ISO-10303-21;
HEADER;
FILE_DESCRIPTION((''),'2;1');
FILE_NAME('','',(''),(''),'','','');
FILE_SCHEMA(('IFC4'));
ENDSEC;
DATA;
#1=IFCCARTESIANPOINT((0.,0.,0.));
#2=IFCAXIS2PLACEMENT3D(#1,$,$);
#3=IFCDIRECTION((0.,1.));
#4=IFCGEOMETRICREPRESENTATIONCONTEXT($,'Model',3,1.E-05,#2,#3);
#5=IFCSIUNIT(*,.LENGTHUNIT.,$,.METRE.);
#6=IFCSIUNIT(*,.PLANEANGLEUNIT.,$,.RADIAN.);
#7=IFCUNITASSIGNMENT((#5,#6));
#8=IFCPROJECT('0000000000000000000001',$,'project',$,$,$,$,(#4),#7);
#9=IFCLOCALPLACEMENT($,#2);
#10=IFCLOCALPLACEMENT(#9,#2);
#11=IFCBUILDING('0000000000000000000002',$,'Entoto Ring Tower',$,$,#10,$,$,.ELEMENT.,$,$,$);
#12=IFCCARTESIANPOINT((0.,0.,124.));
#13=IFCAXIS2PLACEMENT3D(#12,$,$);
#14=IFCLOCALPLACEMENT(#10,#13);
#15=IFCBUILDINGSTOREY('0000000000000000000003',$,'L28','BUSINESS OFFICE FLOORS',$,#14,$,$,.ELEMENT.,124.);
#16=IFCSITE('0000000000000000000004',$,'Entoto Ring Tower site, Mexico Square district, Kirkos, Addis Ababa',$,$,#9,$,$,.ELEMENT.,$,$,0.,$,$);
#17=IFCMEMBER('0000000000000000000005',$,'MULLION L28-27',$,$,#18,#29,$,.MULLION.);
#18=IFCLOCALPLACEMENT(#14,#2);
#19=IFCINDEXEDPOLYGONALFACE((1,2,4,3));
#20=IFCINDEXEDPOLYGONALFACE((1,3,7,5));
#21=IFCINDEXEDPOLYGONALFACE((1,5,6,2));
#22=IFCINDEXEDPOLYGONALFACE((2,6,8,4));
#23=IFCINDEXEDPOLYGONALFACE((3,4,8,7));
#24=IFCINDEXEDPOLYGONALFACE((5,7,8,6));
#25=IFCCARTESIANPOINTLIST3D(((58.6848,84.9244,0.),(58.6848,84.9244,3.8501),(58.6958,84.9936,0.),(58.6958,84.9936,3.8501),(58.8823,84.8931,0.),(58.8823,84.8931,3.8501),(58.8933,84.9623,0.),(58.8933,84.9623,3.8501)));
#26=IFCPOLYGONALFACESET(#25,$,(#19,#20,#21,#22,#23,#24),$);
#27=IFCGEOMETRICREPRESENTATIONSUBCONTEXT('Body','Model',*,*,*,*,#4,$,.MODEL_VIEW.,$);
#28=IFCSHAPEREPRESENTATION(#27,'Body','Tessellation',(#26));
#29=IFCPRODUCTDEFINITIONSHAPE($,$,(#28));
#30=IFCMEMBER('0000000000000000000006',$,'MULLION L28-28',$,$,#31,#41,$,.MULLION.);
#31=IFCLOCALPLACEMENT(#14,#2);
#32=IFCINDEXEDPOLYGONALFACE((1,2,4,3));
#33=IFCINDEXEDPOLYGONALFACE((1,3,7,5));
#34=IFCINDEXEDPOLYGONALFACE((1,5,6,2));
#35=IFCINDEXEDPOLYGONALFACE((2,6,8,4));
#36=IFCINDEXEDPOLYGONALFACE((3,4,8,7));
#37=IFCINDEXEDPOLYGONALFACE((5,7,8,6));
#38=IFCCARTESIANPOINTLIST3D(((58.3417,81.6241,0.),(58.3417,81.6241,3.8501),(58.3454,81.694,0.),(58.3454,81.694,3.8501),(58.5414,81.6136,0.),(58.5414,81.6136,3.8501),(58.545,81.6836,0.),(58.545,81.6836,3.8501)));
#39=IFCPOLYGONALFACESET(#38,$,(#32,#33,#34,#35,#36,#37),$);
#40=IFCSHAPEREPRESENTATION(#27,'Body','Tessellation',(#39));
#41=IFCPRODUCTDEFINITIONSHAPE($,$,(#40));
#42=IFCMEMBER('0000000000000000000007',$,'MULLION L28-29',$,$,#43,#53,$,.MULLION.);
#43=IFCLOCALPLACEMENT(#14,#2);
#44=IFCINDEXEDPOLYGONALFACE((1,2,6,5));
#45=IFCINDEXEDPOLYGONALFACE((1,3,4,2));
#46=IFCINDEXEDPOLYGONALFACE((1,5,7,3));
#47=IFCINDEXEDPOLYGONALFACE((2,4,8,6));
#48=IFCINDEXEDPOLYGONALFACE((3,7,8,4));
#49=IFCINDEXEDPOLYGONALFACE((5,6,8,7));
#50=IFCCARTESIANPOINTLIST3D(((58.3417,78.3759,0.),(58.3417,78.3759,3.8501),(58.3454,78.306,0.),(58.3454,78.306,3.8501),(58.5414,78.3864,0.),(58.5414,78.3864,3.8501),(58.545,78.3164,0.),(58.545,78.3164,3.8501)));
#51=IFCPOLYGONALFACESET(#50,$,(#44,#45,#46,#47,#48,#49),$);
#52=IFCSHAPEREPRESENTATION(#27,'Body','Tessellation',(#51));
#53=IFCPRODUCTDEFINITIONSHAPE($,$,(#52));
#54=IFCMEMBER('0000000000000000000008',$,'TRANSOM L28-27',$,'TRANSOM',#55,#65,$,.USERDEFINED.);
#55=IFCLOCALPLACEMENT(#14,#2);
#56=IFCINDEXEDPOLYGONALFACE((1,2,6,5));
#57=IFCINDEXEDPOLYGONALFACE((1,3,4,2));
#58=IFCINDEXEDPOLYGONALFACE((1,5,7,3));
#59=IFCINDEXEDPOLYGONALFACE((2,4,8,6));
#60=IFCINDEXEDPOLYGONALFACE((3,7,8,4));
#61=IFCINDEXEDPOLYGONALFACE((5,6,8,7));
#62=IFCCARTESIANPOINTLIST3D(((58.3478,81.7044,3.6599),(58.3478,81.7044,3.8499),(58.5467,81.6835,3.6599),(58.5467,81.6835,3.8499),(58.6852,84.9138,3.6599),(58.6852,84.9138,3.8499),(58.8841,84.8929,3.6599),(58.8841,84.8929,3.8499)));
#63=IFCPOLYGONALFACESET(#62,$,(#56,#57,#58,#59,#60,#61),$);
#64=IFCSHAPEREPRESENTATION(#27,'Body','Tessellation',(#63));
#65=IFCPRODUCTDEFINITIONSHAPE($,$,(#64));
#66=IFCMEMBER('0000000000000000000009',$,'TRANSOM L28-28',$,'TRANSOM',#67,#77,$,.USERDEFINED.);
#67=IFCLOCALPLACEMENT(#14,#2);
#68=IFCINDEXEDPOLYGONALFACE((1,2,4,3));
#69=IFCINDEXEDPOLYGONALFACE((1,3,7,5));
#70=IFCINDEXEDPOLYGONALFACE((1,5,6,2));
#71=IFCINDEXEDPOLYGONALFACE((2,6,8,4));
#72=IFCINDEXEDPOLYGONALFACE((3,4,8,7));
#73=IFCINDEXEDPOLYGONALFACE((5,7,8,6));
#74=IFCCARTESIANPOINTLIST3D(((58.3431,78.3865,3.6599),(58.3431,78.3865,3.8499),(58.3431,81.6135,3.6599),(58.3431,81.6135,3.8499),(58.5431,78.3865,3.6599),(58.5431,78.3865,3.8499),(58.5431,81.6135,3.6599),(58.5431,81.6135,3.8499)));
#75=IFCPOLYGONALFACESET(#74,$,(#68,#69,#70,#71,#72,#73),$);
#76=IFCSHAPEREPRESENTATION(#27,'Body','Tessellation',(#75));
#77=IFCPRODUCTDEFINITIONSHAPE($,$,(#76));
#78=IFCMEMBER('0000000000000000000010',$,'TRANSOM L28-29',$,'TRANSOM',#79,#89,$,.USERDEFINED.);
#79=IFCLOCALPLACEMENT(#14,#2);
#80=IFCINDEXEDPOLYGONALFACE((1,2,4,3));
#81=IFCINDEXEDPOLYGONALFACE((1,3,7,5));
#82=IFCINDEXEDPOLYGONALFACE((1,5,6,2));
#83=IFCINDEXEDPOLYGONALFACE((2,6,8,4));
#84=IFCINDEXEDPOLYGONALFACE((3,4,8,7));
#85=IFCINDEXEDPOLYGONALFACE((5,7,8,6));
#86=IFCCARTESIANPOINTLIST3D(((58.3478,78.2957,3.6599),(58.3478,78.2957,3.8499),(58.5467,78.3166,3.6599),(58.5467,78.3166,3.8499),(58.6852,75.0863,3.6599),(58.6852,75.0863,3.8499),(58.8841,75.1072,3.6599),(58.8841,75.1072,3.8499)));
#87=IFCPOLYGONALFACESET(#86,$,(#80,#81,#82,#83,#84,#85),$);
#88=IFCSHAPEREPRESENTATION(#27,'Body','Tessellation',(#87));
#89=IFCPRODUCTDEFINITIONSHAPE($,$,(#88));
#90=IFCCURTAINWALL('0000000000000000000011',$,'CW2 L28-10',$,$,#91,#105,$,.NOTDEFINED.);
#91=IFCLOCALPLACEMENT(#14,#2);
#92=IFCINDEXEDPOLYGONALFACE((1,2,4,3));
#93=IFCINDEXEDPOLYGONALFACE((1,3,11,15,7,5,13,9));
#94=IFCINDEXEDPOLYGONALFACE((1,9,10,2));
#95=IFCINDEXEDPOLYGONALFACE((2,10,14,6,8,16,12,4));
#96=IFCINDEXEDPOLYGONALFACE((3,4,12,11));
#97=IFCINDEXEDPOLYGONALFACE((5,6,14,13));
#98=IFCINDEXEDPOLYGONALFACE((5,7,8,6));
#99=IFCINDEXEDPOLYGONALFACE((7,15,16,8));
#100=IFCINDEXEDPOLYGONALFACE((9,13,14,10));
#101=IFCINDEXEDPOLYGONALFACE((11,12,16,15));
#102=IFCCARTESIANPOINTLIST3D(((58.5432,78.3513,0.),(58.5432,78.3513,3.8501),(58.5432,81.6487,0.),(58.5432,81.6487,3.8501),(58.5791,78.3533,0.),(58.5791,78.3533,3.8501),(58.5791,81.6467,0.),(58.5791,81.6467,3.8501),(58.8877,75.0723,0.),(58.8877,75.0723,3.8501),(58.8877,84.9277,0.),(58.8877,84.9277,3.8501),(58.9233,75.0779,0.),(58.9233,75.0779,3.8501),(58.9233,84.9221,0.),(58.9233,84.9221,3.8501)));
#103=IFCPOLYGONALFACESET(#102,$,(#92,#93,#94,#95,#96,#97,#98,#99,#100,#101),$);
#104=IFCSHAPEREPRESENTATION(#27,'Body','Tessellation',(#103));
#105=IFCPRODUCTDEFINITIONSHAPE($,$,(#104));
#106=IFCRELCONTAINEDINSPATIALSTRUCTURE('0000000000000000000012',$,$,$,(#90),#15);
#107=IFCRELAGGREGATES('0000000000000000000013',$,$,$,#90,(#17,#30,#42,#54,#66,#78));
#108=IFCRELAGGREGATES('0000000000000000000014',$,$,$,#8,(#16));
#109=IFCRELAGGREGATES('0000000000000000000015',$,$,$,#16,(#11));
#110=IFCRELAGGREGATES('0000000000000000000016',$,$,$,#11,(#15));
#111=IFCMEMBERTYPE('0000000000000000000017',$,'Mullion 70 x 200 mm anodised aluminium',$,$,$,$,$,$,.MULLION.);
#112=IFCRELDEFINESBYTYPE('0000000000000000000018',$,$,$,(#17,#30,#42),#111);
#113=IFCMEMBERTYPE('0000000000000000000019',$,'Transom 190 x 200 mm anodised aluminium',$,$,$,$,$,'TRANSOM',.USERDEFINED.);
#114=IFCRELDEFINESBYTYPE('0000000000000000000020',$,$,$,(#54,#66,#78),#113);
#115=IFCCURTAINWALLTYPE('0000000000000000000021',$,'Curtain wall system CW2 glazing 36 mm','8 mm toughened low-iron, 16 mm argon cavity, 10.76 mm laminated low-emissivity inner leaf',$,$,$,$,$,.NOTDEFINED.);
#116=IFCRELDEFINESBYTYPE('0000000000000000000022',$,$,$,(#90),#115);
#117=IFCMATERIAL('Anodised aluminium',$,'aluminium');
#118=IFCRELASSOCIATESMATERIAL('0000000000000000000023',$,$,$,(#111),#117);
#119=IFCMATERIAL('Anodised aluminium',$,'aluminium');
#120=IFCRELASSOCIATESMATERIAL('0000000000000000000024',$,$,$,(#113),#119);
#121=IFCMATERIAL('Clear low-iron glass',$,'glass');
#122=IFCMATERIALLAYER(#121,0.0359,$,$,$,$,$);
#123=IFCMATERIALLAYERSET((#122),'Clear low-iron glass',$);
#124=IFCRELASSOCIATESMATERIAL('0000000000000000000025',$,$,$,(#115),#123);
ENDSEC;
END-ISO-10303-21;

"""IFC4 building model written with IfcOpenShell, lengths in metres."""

from ifc_helpers import new_model, si_unit, direction, frame, origin, origin_2d, place, context, subcontext, project, spatial, polyline, rectangle, outline, extrude, material, layer, layer_set, material_profile, profile_set, type_object, element, aggregate, save


model = new_model("IFC4")

# Units and contexts
model_context = context("Model", 3, precision=1e-05, world=origin(), true_north=direction((0.0, 1.0)))
body_context = subcontext(model_context, "Body", "Model", "MODEL_VIEW")
ifc_project = project(units=[si_unit("LENGTHUNIT", "METRE"), si_unit("PLANEANGLEUNIT", "RADIAN")], contexts=[model_context])

# Members
ifc_material_1 = material(Name="Anodised aluminium", Category="aluminium")
ifc_material_profile_1 = material_profile(ifc_material_1, rectangle(XDim=0.0701, YDim=0.2, at=origin_2d()), Name="Mullion 70 x 200 mm anodised aluminium")
ifc_profile_set_1 = profile_set([ifc_material_profile_1], Name="Anodised aluminium")
member_type_1 = type_object("IfcMemberType", Name="Mullion 70 x 200 mm anodised aluminium", PredefinedType="MULLION", material=ifc_profile_set_1)
site_placement = place(None, origin())
building_placement = place(site_placement, origin())
storey_placement = place(building_placement, frame((0.0, 0.0, 124.0)))
member_1_placement = place(storey_placement, frame((58.7891, 84.9434, 0.0), z_axis=(0.0, 0.0, 1.0), x_axis=(-0.156434, -0.987688, 0.0)))
member_1 = element("IfcMember", 1, at=member_1_placement, type_object=member_type_1, Name="MULLION L28-27", PredefinedType="MULLION", context=body_context, shape_type="SweptSolid", body=[
    extrude(rectangle(XDim=0.0701, YDim=0.2, at=origin_2d()), origin(), (0.0, 0.0, 1.0), 3.8501),
])
member_2_placement = place(storey_placement, frame((58.4434, 81.6538, 0.0), z_axis=(0.0, 0.0, 1.0), x_axis=(-0.052336, -0.99863, 0.0)))
member_2 = element("IfcMember", 2, at=member_2_placement, type_object=member_type_1, Name="MULLION L28-28", PredefinedType="MULLION", context=body_context, shape_type="SweptSolid", body=[
    extrude(rectangle(XDim=0.0701, YDim=0.2, at=origin_2d()), origin(), (0.0, 0.0, 1.0), 3.8501),
])
member_3_placement = place(storey_placement, frame((58.4434, 78.3462, 0.0), z_axis=(0.0, 0.0, 1.0), x_axis=(0.052336, -0.99863, 0.0)))
member_3 = element("IfcMember", 3, at=member_3_placement, type_object=member_type_1, Name="MULLION L28-29", PredefinedType="MULLION", context=body_context, shape_type="SweptSolid", body=[
    extrude(rectangle(XDim=0.0701, YDim=0.2, at=origin_2d()), origin(), (0.0, 0.0, 1.0), 3.8501),
])
ifc_material_2 = material(Name="Anodised aluminium", Category="aluminium")
ifc_material_profile_2 = material_profile(ifc_material_2, rectangle(XDim=0.2, YDim=0.1899, at=origin_2d()), Name="Transom 190 x 200 mm anodised aluminium")
ifc_profile_set_2 = profile_set([ifc_material_profile_2], Name="Anodised aluminium")
member_type_2 = type_object("IfcMemberType", Name="Transom 190 x 200 mm anodised aluminium", ElementType="TRANSOM", PredefinedType="USERDEFINED", material=ifc_profile_set_2)
member_4_placement = place(storey_placement, frame((58.7847, 84.9033, 3.7549), z_axis=(-0.104551, -0.99452, 0.0), x_axis=(0.99452, -0.104551, 0.0)))
member_4 = element("IfcMember", 4, at=member_4_placement, type_object=member_type_2, Name="TRANSOM L28-27", ObjectType="TRANSOM", PredefinedType="USERDEFINED", context=body_context, shape_type="SweptSolid", body=[
    extrude(rectangle(XDim=0.2, YDim=0.1899, at=origin_2d()), origin(), (0.0, 0.0, 1.0), 3.2271),
])
member_5_placement = place(storey_placement, frame((58.4431, 81.6135, 3.7549), z_axis=(0.0, -1.0, 0.0), x_axis=(1.0, 0.0, 0.0)))
member_5 = element("IfcMember", 5, at=member_5_placement, type_object=member_type_2, Name="TRANSOM L28-28", ObjectType="TRANSOM", PredefinedType="USERDEFINED", context=body_context, shape_type="SweptSolid", body=[
    extrude(rectangle(XDim=0.2, YDim=0.1899, at=origin_2d()), origin(), (0.0, 0.0, 1.0), 3.2271),
])
member_6_placement = place(storey_placement, frame((58.4473, 78.3062, 3.7549), z_axis=(0.104551, -0.99452, 0.0), x_axis=(0.99452, 0.104551, 0.0)))
member_6 = element("IfcMember", 6, at=member_6_placement, type_object=member_type_2, Name="TRANSOM L28-29", ObjectType="TRANSOM", PredefinedType="USERDEFINED", context=body_context, shape_type="SweptSolid", body=[
    extrude(rectangle(XDim=0.2, YDim=0.1899, at=origin_2d()), origin(), (0.0, 0.0, 1.0), 3.2271),
])

# Site, building, storey
site = spatial("IfcSite", under=ifc_project, at=site_placement, Name="Entoto Ring Tower site, Mexico Square district, Kirkos, Addis Ababa", CompositionType="ELEMENT", RefElevation=0.0)
building = spatial("IfcBuilding", under=site, at=building_placement, Name="Entoto Ring Tower", CompositionType="ELEMENT")
storey = spatial("IfcBuildingStorey", under=building, at=storey_placement, Name="L28", Description="BUSINESS OFFICE FLOORS", CompositionType="ELEMENT", Elevation=124.0)

# Curtain wall
ifc_material_3 = material(Name="Clear low-iron glass", Category="glass")
ifc_layer = layer(ifc_material_3, 0.0359)
ifc_layer_set = layer_set([ifc_layer], Name="Clear low-iron glass")
curtain_wall_type = type_object("IfcCurtainWallType", Name="Curtain wall system CW2 glazing 36 mm", Description="8 mm toughened low-iron, 16 mm argon cavity, 10.76 mm laminated low-emissivity inner leaf", PredefinedType="NOTDEFINED", material=ifc_layer_set)
curtain_wall_1_placement = place(storey_placement, origin())
curtain_wall_1 = element("IfcCurtainWall", 7, at=curtain_wall_1_placement, inside=storey, type_object=curtain_wall_type, Name="CW2 L28-10", PredefinedType="NOTDEFINED", context=body_context, shape_type="SweptSolid", body=[
    extrude(outline(polyline([(58.8877, 84.9277), (58.5432, 81.6487), (58.5432, 78.3513), (58.8877, 75.0723), (58.9233, 75.0779), (58.5791, 78.3533), (58.5791, 81.6467), (58.9233, 84.9221), (58.8877, 84.9277)])), origin(), (0.0, 0.0, 1.0), 3.8501),
])
aggregate(curtain_wall_1, [member_1, member_2, member_3, member_4, member_5, member_6])

save(model, "model.ifc")
